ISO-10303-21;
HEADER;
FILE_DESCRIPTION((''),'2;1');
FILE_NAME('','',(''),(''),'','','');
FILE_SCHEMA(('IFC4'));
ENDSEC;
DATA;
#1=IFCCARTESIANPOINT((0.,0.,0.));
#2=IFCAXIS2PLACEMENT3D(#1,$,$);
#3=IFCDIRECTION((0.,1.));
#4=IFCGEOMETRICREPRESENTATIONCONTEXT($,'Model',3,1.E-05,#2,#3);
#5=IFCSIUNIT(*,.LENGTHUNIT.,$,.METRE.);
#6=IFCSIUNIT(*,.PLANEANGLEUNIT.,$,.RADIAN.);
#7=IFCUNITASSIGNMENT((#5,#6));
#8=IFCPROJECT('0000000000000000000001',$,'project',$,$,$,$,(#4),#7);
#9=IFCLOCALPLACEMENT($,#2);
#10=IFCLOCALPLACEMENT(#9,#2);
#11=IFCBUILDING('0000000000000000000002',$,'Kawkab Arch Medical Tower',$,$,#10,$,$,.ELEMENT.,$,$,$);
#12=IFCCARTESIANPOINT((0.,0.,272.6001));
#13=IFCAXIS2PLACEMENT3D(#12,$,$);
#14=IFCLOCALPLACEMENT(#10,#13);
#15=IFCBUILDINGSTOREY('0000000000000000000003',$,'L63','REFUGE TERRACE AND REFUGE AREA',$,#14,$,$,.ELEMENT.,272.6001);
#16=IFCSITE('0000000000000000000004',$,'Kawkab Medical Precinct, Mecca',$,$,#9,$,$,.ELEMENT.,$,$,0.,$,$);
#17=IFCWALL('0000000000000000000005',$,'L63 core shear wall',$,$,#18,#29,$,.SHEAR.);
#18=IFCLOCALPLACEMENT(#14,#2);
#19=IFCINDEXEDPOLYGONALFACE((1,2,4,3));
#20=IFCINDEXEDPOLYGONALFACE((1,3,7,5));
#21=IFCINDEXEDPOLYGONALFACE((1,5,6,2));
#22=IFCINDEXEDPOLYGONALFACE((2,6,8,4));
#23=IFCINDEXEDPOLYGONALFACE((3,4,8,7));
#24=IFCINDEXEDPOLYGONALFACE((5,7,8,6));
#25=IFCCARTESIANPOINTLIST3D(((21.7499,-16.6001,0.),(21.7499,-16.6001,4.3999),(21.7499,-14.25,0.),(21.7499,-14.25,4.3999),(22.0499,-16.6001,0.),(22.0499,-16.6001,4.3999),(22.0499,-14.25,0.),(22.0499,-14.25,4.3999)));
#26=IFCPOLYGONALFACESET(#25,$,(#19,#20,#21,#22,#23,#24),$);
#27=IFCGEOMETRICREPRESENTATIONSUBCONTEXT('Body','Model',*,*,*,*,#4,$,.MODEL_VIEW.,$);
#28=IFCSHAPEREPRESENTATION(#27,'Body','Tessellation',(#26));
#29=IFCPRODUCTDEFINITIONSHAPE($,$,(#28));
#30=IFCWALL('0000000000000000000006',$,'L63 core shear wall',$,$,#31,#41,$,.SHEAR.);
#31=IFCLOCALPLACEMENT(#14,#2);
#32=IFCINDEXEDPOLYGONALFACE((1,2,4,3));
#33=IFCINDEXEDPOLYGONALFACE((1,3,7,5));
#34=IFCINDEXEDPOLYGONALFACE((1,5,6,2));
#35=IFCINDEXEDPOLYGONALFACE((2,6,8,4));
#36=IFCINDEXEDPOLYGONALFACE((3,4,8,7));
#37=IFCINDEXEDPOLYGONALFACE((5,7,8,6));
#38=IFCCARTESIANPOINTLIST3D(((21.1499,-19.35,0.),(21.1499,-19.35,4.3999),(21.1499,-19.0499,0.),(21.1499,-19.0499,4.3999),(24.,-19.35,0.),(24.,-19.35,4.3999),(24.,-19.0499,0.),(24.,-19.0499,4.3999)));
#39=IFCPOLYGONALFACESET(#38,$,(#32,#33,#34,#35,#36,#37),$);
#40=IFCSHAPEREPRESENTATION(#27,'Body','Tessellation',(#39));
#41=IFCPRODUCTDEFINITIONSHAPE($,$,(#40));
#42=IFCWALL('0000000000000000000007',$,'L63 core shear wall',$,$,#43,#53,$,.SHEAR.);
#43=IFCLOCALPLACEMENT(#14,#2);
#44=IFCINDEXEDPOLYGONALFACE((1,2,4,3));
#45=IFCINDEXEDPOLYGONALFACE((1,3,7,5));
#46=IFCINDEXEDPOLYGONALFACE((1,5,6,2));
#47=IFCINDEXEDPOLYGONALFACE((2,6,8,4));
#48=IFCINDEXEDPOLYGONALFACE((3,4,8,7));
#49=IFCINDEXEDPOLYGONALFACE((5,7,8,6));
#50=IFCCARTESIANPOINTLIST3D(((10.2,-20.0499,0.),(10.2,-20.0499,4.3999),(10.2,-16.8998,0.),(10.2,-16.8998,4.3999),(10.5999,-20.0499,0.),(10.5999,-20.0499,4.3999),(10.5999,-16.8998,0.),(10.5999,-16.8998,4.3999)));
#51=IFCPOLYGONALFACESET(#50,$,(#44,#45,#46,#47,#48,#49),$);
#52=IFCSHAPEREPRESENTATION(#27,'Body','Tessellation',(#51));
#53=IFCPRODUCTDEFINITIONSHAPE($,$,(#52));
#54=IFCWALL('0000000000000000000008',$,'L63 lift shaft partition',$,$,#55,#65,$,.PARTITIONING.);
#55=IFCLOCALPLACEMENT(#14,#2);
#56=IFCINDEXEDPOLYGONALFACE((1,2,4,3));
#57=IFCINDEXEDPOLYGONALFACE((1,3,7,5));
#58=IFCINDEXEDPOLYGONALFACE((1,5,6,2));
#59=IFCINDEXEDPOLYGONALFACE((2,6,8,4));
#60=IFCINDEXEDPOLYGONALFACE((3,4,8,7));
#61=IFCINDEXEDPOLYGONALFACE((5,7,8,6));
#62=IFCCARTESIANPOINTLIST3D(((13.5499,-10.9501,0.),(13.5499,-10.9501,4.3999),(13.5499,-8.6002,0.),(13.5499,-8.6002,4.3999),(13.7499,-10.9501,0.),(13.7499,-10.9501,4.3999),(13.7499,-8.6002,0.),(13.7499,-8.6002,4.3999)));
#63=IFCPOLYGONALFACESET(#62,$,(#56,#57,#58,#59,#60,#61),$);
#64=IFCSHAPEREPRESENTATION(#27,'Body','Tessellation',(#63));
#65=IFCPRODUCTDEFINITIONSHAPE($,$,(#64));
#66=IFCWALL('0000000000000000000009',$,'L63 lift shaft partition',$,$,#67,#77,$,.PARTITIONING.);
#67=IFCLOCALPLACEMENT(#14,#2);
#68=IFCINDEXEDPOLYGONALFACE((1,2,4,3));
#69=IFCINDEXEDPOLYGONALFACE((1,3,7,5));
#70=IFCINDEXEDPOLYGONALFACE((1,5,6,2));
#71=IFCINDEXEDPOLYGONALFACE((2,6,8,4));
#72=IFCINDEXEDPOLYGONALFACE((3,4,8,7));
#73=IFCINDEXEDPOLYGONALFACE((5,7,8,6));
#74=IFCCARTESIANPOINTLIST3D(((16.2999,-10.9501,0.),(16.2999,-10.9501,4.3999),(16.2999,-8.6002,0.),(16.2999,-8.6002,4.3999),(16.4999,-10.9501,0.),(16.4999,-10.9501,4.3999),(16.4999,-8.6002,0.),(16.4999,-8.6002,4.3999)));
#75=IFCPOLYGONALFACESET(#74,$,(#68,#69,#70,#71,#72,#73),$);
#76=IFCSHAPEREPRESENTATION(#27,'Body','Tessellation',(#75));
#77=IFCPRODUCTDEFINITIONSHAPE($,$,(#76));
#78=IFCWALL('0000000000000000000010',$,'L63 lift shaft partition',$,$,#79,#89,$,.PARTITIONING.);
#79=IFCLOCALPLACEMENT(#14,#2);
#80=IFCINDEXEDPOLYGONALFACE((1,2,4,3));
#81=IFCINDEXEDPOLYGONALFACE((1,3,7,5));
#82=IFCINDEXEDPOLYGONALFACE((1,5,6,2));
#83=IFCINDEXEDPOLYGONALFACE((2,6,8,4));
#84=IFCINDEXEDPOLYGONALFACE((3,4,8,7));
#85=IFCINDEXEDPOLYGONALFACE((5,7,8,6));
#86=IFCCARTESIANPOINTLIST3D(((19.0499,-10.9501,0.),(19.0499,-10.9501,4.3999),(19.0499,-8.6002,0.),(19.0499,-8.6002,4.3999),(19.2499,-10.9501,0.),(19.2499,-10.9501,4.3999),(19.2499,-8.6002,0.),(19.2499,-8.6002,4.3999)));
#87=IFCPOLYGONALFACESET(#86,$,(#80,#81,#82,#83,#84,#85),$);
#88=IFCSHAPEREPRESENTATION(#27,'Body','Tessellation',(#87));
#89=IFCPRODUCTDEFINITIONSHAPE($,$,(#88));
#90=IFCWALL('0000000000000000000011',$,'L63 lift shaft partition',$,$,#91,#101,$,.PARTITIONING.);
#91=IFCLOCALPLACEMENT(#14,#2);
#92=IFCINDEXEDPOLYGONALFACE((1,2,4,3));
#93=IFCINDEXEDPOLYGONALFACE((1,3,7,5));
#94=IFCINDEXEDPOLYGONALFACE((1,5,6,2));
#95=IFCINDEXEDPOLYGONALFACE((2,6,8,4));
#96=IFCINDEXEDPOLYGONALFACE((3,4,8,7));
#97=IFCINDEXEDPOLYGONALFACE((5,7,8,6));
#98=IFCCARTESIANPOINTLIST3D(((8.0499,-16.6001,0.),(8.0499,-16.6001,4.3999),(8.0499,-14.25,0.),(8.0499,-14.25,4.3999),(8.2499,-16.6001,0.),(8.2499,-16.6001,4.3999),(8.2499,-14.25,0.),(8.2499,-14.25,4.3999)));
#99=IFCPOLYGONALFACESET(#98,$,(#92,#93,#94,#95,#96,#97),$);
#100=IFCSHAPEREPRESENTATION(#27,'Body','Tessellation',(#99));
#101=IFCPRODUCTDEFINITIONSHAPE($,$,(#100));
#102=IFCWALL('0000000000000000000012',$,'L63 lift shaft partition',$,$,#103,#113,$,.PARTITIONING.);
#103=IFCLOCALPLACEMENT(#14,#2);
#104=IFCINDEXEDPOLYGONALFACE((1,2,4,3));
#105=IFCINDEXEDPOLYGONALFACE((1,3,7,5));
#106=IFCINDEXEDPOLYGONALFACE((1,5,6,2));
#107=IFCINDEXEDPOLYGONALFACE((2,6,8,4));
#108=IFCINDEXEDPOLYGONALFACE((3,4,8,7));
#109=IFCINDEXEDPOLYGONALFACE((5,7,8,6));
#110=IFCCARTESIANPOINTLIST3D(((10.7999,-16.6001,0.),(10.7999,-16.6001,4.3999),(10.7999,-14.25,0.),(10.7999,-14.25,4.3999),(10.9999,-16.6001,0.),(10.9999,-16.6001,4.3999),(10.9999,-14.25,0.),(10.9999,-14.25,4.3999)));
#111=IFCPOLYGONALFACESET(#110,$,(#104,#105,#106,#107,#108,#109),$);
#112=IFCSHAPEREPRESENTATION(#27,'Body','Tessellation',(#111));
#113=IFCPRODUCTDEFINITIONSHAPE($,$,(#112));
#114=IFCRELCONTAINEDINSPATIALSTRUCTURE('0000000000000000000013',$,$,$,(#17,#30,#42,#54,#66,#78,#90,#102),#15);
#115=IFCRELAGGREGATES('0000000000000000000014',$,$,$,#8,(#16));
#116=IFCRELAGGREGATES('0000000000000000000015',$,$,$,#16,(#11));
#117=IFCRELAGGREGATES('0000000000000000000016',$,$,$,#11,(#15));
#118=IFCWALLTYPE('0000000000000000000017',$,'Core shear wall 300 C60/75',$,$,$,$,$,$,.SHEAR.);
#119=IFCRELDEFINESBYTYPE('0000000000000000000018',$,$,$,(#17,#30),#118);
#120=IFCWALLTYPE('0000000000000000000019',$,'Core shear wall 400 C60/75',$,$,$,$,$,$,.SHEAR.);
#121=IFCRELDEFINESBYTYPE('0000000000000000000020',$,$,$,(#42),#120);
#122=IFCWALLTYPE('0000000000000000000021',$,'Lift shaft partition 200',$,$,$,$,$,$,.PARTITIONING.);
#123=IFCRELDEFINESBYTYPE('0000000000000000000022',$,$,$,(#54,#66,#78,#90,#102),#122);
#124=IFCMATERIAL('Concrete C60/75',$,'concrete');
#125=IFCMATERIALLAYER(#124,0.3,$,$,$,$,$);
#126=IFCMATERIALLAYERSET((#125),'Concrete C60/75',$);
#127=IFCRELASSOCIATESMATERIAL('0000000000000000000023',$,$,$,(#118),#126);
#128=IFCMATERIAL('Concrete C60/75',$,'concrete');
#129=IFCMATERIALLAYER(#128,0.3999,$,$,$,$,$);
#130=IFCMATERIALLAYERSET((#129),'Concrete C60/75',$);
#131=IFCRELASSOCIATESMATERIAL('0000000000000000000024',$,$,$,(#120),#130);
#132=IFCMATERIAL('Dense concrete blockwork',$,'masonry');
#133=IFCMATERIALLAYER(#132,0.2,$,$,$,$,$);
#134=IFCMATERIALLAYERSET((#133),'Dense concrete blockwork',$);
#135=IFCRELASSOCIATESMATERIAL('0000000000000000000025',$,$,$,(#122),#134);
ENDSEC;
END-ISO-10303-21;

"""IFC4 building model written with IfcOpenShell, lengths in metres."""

from ifc_helpers import new_model, si_unit, direction, frame, frame_2d, origin, place, context, subcontext, project, spatial, rectangle, extrude, material, layer, layer_set, type_object, element, save


model = new_model("IFC4")

# Units and contexts
model_context = context("Model", 3, precision=1e-05, world=origin(), true_north=direction((0.0, 1.0)))
body_context = subcontext(model_context, "Body", "Model", "MODEL_VIEW")
ifc_project = project(units=[si_unit("LENGTHUNIT", "METRE"), si_unit("PLANEANGLEUNIT", "RADIAN")], contexts=[model_context])

# Site, building, storey
site_placement = place(None, origin())
site = spatial("IfcSite", under=ifc_project, at=site_placement, Name="Kawkab Medical Precinct, Mecca", CompositionType="ELEMENT", RefElevation=0.0)
building_placement = place(site_placement, origin())
building = spatial("IfcBuilding", under=site, at=building_placement, Name="Kawkab Arch Medical Tower", CompositionType="ELEMENT")
storey_placement = place(building_placement, frame((0.0, 0.0, 272.6001)))
storey = spatial("IfcBuildingStorey", under=building, at=storey_placement, Name="L63", Description="REFUGE TERRACE AND REFUGE AREA", CompositionType="ELEMENT", Elevation=272.6001)

# Walls
ifc_material_1 = material(Name="Concrete C60/75", Category="concrete")
ifc_layer_1 = layer(ifc_material_1, 0.3)
ifc_layer_set_1 = layer_set([ifc_layer_1], Name="Concrete C60/75")
wall_type_1 = type_object("IfcWallType", Name="Core shear wall 300 C60/75", PredefinedType="SHEAR", material=ifc_layer_set_1)
wall_1_placement = place(storey_placement, frame((21.8999, -16.6001, 0.0), z_axis=(0.0, 0.0, 1.0), x_axis=(0.0, 1.0, 0.0)))
element("IfcWall", 1, at=wall_1_placement, inside=storey, type_object=wall_type_1, Name="L63 core shear wall", PredefinedType="SHEAR", context=body_context, shape_type="SweptSolid", body=[
    extrude(rectangle(XDim=2.3501, YDim=0.3, at=frame_2d((1.175, 0.0))), origin(), (0.0, 0.0, 1.0), 4.3999),
])
wall_2_placement = place(storey_placement, frame((21.1499, -19.2, 0.0), z_axis=(0.0, 0.0, 1.0), x_axis=(1.0, 0.0, 0.0)))
element("IfcWall", 2, at=wall_2_placement, inside=storey, type_object=wall_type_1, Name="L63 core shear wall", PredefinedType="SHEAR", context=body_context, shape_type="SweptSolid", body=[
    extrude(rectangle(XDim=2.8501, YDim=0.3, at=frame_2d((1.425, 0.0))), origin(), (0.0, 0.0, 1.0), 4.3999),
])
ifc_material_2 = material(Name="Concrete C60/75", Category="concrete")
ifc_layer_2 = layer(ifc_material_2, 0.3999)
ifc_layer_set_2 = layer_set([ifc_layer_2], Name="Concrete C60/75")
wall_type_2 = type_object("IfcWallType", Name="Core shear wall 400 C60/75", PredefinedType="SHEAR", material=ifc_layer_set_2)
wall_3_placement = place(storey_placement, frame((10.3999, -20.05, 0.0), z_axis=(0.0, 0.0, 1.0), x_axis=(0.0, 1.0, 0.0)))
element("IfcWall", 3, at=wall_3_placement, inside=storey, type_object=wall_type_2, Name="L63 core shear wall", PredefinedType="SHEAR", context=body_context, shape_type="SweptSolid", body=[
    extrude(rectangle(XDim=3.1501, YDim=0.3999, at=frame_2d((1.5752, 0.0))), origin(), (0.0, 0.0, 1.0), 4.3999),
])
ifc_material_3 = material(Name="Dense concrete blockwork", Category="masonry")
ifc_layer_3 = layer(ifc_material_3, 0.2)
ifc_layer_set_3 = layer_set([ifc_layer_3], Name="Dense concrete blockwork")
wall_type_3 = type_object("IfcWallType", Name="Lift shaft partition 200", PredefinedType="PARTITIONING", material=ifc_layer_set_3)
for number, where, z_axis, x_axis, name in (
    (4, (13.6499, -10.95, 0.0), (0.0, 0.0, 1.0), (0.0, 1.0, 0.0), "L63 lift shaft partition"),
    (5, (16.3999, -10.95, 0.0), (0.0, 0.0, 1.0), (0.0, 1.0, 0.0), "L63 lift shaft partition"),
    (6, (19.1499, -10.95, 0.0), (0.0, 0.0, 1.0), (0.0, 1.0, 0.0), "L63 lift shaft partition"),
):
    element("IfcWall", number, at=place(storey_placement, frame(where, z_axis=z_axis, x_axis=x_axis)), inside=storey, type_object=wall_type_3, Name=name, PredefinedType="PARTITIONING", context=body_context, shape_type="SweptSolid", body=[
        extrude(rectangle(XDim=2.3499, YDim=0.2, at=frame_2d((1.1748, 0.0))), origin(), (0.0, 0.0, 1.0), 4.3999),
    ])
for number, where, z_axis, x_axis, name in (
    (7, (8.1499, -16.6001, 0.0), (0.0, 0.0, 1.0), (0.0, 1.0, 0.0), "L63 lift shaft partition"),
    (8, (10.8999, -16.6001, 0.0), (0.0, 0.0, 1.0), (0.0, 1.0, 0.0), "L63 lift shaft partition"),
):
    element("IfcWall", number, at=place(storey_placement, frame(where, z_axis=z_axis, x_axis=x_axis)), inside=storey, type_object=wall_type_3, Name=name, PredefinedType="PARTITIONING", context=body_context, shape_type="SweptSolid", body=[
        extrude(rectangle(XDim=2.3501, YDim=0.2, at=frame_2d((1.175, 0.0))), origin(), (0.0, 0.0, 1.0), 4.3999),
    ])

save(model, "model.ifc")
